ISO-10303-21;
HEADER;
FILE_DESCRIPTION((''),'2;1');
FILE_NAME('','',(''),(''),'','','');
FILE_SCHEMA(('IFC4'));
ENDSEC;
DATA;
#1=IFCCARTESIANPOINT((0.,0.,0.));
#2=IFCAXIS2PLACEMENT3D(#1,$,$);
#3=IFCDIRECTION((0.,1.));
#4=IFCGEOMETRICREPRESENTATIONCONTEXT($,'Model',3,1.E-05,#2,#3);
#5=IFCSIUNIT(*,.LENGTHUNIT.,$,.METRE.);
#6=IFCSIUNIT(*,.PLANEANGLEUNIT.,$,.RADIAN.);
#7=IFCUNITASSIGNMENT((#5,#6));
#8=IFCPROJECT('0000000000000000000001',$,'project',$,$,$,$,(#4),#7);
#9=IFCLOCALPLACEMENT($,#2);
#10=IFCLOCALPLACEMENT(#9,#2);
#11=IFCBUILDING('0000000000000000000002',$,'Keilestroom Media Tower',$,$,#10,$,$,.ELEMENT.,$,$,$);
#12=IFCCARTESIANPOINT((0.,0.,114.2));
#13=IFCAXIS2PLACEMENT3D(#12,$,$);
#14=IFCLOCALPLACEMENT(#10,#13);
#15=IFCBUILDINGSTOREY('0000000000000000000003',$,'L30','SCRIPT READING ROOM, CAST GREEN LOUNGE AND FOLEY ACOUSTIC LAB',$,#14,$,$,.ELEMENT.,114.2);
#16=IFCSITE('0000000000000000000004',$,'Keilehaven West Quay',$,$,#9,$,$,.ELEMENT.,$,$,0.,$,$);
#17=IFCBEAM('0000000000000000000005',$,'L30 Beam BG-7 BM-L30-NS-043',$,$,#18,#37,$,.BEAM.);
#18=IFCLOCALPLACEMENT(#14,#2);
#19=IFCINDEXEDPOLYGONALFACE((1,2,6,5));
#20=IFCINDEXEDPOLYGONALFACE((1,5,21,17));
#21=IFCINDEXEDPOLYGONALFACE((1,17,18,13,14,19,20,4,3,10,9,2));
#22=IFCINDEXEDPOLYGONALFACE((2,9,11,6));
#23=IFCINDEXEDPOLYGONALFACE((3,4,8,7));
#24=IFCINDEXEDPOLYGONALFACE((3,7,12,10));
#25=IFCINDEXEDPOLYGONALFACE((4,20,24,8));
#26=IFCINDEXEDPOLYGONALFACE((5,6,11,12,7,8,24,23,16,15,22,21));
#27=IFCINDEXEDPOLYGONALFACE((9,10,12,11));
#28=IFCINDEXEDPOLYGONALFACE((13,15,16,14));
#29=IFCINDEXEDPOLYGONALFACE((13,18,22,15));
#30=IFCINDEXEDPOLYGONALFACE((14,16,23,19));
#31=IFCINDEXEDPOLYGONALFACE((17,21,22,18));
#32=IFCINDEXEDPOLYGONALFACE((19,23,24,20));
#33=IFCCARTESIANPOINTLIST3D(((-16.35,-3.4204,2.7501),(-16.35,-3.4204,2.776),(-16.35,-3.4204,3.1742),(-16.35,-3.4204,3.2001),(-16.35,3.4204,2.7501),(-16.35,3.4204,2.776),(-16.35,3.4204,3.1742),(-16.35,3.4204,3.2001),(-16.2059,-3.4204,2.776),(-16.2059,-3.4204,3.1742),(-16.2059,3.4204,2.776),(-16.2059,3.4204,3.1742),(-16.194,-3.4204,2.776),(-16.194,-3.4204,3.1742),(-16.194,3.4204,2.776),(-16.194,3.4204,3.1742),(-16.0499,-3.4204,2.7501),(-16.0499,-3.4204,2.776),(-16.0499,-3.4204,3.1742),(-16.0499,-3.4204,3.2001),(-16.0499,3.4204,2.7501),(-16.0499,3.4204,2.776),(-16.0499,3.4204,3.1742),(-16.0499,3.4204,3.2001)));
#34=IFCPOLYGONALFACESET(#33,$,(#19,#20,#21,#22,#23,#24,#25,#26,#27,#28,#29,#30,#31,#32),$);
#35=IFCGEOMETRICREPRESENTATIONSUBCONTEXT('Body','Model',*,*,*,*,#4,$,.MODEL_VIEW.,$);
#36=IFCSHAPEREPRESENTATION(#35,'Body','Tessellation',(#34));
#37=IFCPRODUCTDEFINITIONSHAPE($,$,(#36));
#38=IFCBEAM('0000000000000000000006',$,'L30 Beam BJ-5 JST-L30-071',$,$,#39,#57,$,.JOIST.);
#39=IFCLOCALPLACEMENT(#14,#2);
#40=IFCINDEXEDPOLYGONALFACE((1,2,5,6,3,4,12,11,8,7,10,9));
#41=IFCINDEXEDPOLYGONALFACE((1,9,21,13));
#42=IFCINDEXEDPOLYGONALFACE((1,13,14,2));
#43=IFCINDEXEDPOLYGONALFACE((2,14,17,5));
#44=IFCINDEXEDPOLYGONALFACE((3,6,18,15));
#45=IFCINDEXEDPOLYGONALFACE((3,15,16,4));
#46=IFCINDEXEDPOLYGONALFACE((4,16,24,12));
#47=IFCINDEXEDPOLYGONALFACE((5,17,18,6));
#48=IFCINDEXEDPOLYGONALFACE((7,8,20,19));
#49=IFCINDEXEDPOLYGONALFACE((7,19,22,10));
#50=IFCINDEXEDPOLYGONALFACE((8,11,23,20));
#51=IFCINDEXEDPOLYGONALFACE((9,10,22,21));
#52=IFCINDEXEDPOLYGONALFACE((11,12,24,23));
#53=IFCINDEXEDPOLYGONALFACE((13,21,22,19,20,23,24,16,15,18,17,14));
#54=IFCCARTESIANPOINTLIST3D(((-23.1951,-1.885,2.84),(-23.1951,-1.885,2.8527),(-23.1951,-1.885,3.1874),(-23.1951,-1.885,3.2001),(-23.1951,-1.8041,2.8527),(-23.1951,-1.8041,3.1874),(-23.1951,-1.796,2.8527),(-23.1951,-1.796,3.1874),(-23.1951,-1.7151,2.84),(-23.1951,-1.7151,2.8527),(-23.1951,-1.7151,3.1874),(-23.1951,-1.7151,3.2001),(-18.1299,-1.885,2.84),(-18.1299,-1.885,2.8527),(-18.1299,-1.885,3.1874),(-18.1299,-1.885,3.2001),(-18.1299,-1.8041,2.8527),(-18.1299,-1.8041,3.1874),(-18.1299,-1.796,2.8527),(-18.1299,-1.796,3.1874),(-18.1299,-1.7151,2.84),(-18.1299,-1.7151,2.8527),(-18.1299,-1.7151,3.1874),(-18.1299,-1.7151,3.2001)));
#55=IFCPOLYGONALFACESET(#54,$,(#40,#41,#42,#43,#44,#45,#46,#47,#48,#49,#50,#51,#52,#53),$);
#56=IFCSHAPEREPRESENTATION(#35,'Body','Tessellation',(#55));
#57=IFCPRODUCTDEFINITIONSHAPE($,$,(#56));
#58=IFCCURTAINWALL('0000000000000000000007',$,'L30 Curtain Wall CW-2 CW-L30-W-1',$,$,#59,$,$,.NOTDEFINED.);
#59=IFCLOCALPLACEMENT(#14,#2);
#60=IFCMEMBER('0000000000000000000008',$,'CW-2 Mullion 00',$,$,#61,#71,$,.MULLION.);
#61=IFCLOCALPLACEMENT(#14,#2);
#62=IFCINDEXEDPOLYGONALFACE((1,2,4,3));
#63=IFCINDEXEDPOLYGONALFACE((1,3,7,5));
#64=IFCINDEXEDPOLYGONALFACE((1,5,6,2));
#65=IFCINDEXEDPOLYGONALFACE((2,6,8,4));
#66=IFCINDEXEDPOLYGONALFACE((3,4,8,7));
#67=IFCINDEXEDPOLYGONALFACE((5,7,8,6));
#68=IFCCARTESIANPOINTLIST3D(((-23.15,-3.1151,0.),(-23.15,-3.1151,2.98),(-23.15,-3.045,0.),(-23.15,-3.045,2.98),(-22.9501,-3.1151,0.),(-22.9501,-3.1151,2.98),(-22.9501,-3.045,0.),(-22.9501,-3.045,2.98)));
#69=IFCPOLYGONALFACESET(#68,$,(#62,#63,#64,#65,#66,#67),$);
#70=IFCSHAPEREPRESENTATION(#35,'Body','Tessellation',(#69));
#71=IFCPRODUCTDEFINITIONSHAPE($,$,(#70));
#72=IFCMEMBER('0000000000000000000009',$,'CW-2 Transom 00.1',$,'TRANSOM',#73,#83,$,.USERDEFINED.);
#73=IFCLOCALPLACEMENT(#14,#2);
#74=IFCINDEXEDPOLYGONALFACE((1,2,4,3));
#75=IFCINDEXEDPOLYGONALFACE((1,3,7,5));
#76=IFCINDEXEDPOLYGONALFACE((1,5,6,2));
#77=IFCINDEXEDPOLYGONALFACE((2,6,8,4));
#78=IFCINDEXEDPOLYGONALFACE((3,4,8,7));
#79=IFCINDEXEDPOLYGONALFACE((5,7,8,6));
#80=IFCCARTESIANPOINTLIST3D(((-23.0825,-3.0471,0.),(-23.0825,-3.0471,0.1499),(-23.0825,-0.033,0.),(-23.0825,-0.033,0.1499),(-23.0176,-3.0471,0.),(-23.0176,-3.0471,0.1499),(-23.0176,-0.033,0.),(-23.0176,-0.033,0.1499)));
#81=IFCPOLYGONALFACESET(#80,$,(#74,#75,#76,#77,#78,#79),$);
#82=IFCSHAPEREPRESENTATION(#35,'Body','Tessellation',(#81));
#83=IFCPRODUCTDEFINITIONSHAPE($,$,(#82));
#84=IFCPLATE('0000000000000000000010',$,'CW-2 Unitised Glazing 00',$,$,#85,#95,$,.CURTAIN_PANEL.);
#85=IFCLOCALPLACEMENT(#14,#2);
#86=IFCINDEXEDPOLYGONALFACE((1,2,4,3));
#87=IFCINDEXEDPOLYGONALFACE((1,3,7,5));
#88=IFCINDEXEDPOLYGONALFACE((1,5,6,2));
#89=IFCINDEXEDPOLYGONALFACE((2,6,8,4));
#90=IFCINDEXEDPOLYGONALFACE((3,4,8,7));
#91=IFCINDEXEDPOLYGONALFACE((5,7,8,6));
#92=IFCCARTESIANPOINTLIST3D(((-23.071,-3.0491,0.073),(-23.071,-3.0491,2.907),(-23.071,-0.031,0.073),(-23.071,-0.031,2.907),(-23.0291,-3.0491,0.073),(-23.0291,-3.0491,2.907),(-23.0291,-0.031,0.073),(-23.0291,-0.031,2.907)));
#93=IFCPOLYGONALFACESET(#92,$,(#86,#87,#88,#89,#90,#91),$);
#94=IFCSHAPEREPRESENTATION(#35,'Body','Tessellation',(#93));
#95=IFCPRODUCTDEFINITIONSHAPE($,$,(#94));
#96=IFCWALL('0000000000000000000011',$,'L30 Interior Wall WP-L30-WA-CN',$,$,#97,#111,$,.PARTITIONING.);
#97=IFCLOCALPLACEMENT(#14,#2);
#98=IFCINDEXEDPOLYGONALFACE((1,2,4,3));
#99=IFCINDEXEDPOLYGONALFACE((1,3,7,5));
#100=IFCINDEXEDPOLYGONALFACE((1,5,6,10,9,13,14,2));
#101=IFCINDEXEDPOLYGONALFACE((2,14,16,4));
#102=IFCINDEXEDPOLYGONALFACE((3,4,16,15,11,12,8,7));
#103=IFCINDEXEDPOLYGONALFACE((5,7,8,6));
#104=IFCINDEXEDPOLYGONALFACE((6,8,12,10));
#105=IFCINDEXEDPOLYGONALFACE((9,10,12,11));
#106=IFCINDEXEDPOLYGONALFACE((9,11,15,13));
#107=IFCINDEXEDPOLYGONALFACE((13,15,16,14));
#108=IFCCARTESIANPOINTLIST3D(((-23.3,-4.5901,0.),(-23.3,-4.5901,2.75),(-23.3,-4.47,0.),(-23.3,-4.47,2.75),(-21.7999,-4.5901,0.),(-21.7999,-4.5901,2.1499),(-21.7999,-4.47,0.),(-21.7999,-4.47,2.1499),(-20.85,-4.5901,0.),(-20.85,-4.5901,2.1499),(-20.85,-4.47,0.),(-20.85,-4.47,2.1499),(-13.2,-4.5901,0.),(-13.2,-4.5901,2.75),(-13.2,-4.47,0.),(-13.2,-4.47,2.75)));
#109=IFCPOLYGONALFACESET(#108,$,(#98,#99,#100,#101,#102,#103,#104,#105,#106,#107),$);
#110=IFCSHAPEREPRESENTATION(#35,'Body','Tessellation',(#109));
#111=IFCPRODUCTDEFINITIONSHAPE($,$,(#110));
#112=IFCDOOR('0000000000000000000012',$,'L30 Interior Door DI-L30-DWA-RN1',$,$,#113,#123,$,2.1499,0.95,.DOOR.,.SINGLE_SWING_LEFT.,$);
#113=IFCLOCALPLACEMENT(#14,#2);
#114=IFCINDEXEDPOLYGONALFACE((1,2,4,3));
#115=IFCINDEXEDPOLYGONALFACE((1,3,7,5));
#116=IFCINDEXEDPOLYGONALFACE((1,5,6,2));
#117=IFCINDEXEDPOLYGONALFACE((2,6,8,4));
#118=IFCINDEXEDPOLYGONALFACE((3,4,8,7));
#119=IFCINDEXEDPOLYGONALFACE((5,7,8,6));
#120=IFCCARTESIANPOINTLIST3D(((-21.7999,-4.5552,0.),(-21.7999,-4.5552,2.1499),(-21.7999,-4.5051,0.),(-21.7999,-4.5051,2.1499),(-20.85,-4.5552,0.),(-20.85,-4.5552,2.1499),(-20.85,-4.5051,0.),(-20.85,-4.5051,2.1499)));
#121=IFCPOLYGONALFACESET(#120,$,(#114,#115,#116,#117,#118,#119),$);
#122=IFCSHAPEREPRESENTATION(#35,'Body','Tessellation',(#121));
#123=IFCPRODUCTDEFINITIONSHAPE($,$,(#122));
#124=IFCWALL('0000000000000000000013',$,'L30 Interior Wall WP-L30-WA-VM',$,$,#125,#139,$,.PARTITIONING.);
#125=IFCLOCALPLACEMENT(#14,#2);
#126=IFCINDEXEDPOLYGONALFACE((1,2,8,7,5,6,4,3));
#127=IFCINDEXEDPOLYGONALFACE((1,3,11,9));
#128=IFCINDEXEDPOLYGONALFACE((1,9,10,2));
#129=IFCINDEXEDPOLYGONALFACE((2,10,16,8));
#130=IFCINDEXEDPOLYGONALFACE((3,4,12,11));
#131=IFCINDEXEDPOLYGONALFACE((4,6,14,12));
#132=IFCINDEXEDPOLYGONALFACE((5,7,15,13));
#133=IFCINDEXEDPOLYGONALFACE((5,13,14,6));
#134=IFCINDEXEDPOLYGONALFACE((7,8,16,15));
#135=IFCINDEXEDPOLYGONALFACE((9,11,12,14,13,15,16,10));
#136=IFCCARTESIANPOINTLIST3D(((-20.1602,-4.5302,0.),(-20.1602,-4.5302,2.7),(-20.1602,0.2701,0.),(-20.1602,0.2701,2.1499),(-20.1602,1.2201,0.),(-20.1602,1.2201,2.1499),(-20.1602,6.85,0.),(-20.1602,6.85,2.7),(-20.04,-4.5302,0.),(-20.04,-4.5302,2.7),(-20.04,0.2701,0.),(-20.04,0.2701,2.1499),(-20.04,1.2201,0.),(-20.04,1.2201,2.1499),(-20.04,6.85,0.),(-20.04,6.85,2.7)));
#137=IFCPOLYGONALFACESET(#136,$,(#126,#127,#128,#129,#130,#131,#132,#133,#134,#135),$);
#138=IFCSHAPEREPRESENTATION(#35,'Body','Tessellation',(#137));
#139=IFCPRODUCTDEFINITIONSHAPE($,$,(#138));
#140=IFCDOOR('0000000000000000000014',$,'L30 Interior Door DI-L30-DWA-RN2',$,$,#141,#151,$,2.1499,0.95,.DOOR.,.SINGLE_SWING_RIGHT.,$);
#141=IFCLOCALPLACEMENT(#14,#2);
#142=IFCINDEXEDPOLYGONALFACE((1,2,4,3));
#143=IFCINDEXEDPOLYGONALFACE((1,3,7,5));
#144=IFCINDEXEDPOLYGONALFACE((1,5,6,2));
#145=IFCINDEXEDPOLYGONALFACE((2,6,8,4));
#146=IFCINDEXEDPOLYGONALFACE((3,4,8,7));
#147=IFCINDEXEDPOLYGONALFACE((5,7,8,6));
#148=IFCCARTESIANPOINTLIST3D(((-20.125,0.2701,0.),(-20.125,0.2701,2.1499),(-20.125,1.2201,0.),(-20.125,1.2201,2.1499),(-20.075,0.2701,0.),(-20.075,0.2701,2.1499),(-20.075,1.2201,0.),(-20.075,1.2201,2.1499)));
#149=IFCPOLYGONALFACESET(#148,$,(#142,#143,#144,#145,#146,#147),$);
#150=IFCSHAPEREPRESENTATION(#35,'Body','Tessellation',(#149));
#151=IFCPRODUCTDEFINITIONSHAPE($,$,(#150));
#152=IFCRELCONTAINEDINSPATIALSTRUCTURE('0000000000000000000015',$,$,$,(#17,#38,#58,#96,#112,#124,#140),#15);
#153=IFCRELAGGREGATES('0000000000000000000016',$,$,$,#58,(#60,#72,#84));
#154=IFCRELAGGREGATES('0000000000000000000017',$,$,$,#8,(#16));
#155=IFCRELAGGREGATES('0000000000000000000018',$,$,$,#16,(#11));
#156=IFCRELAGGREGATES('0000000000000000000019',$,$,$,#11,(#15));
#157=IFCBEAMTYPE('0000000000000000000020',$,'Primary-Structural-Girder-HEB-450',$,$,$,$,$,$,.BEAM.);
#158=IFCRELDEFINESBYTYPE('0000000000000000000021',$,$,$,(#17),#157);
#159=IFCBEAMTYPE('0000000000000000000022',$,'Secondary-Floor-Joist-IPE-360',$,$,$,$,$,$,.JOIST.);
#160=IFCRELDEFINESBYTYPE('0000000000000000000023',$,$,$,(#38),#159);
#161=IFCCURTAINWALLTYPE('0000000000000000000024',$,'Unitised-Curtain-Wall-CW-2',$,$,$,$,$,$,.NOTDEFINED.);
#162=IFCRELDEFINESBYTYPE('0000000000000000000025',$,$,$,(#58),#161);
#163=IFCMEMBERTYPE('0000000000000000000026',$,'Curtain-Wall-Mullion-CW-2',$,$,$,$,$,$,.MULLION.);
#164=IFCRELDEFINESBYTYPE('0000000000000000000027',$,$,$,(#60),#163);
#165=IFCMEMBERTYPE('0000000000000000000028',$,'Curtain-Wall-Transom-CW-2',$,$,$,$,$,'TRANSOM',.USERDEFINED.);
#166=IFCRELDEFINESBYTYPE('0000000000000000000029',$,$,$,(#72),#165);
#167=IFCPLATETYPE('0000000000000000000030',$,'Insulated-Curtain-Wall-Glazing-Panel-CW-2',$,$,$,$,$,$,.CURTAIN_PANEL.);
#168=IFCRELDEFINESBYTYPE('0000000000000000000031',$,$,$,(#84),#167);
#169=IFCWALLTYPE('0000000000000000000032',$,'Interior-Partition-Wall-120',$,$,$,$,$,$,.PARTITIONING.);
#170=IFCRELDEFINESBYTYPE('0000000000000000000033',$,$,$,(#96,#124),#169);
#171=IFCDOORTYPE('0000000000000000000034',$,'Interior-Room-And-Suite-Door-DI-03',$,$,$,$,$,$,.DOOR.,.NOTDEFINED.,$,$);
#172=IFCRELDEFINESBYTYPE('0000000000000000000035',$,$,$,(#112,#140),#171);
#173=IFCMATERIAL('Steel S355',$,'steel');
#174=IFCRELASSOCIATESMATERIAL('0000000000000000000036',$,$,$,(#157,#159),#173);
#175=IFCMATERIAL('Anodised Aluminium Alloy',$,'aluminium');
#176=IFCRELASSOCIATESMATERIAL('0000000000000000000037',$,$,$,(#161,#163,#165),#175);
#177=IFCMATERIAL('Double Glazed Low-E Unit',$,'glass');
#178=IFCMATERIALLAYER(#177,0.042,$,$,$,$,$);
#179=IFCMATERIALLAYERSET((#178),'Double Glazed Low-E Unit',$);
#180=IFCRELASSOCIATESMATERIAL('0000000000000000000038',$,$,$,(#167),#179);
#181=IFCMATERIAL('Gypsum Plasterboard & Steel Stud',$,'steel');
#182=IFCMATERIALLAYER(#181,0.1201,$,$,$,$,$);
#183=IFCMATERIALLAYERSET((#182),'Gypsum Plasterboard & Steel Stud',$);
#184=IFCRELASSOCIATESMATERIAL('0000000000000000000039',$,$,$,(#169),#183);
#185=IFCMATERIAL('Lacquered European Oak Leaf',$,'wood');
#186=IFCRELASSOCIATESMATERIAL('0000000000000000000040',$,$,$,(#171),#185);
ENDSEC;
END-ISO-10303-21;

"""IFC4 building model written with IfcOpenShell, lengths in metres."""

from ifc_helpers import new_model, si_unit, direction, frame, frame_2d, origin, origin_2d, place, context, subcontext, project, spatial, rectangle, i_section, extrude, source, transform, mapped, material, layer, layer_set, material_profile, profile_set, type_object, element, fill, aggregate, save


model = new_model("IFC4")

# Units and contexts
model_context = context("Model", 3, precision=1e-05, world=origin(), true_north=direction((0.0, 1.0)))
body_context = subcontext(model_context, "Body", "Model", "MODEL_VIEW")
ifc_project = project(units=[si_unit("LENGTHUNIT", "METRE"), si_unit("PLANEANGLEUNIT", "RADIAN")], contexts=[model_context])

# Site, building, storey
site_placement = place(None, origin())
site = spatial("IfcSite", under=ifc_project, at=site_placement, Name="Keilehaven West Quay", CompositionType="ELEMENT", RefElevation=0.0)
building_placement = place(site_placement, origin())
building = spatial("IfcBuilding", under=site, at=building_placement, Name="Keilestroom Media Tower", CompositionType="ELEMENT")
storey_placement = place(building_placement, frame((0.0, 0.0, 114.2)))
storey = spatial("IfcBuildingStorey", under=building, at=storey_placement, Name="L30", Description="SCRIPT READING ROOM, CAST GREEN LOUNGE AND FOLEY ACOUSTIC LAB", CompositionType="ELEMENT", Elevation=114.2)

# Shared definitions
ifc_material_1 = material(Name="Steel S355", Category="steel")

# Beams
ifc_material_profile_1 = material_profile(ifc_material_1, i_section(OverallWidth=0.3, OverallDepth=0.45, WebThickness=0.012, FlangeThickness=0.0259, at=origin_2d()), Name="HEB 450")
ifc_profile_set_1 = profile_set([ifc_material_profile_1], Name="Steel S355")
beam_type_1 = type_object("IfcBeamType", Name="Primary-Structural-Girder-HEB-450", PredefinedType="BEAM", material=ifc_profile_set_1)
shared_shape_1 = source(origin(), body_context, "Body", "SweptSolid", [
    extrude(i_section(OverallWidth=0.3, OverallDepth=0.45, WebThickness=0.012, FlangeThickness=0.0259, at=origin_2d()), origin(), (0.0, 0.0, 1.0), 6.8408),
])
for number, where, z_axis, x_axis, name in (
    (1, (-16.2, -3.4204, 2.9751), (0.0, 1.0, 0.0), (-1.0, 0.0, 0.0), "L30 Beam BG-7 BM-L30-NS-043"),
):
    element("IfcBeam", number, at=place(storey_placement, frame(where, z_axis=z_axis, x_axis=x_axis)), inside=storey, type_object=beam_type_1, Name=name, PredefinedType="BEAM", context=body_context, shape_type="MappedRepresentation", body=[
        mapped(shared_shape_1, transform((0.0, 0.0, 0.0), x_axis=(1.0, 0.0, 0.0), y_axis=(0.0, 1.0, 0.0), z_axis=(0.0, 0.0, 1.0), scale=1.0)),
    ])
ifc_material_profile_2 = material_profile(ifc_material_1, i_section(OverallWidth=0.1699, OverallDepth=0.3601, WebThickness=0.0081, FlangeThickness=0.0127, at=origin_2d()), Name="IPE 360")
ifc_profile_set_2 = profile_set([ifc_material_profile_2], Name="Steel S355")
beam_type_2 = type_object("IfcBeamType", Name="Secondary-Floor-Joist-IPE-360", PredefinedType="JOIST", material=ifc_profile_set_2)
shared_shape_2 = source(origin(), body_context, "Body", "SweptSolid", [
    extrude(i_section(OverallWidth=0.1699, OverallDepth=0.3601, WebThickness=0.0081, FlangeThickness=0.0127, at=origin_2d()), origin(), (0.0, 0.0, 1.0), 5.0652),
])
beam_1_placement = place(storey_placement, frame((-23.1951, -1.8, 3.02), z_axis=(1.0, 0.0, 0.0), x_axis=(0.0, 1.0, 0.0)))
element("IfcBeam", 2, at=beam_1_placement, inside=storey, type_object=beam_type_2, Name="L30 Beam BJ-5 JST-L30-071", PredefinedType="JOIST", context=body_context, shape_type="MappedRepresentation", body=[
    mapped(shared_shape_2, transform((0.0, 0.0, 0.0), x_axis=(1.0, 0.0, 0.0), y_axis=(0.0, 1.0, 0.0), z_axis=(0.0, 0.0, 1.0), scale=1.0)),
])

# Curtain wall, members, plate
ifc_material_2 = material(Name="Anodised Aluminium Alloy", Category="aluminium")
curtain_wall_type = type_object("IfcCurtainWallType", Name="Unitised-Curtain-Wall-CW-2", PredefinedType="NOTDEFINED", material=ifc_material_2)
curtain_wall_placement = place(storey_placement, origin())
curtain_wall = element("IfcCurtainWall", 3, at=curtain_wall_placement, inside=storey, type_object=curtain_wall_type, Name="L30 Curtain Wall CW-2 CW-L30-W-1", PredefinedType="NOTDEFINED")
ifc_material_profile_3 = material_profile(ifc_material_2, rectangle(XDim=0.0701, YDim=0.2, at=origin_2d()), Name="ALU MULLION 70x200")
ifc_profile_set_3 = profile_set([ifc_material_profile_3], Name="Anodised Aluminium Alloy")
member_type_1 = type_object("IfcMemberType", Name="Curtain-Wall-Mullion-CW-2", PredefinedType="MULLION", material=ifc_profile_set_3)
shared_shape_3 = source(origin(), body_context, "Body", "SweptSolid", [
    extrude(rectangle(XDim=0.0701, YDim=0.2, at=origin_2d()), origin(), (0.0, 0.0, 1.0), 2.98),
])
member_1_placement = place(storey_placement, frame((-23.05, -3.0801, 0.0), z_axis=(0.0, 0.0, 1.0), x_axis=(0.0, 1.0, 0.0)))
member_1 = element("IfcMember", 4, at=member_1_placement, type_object=member_type_1, Name="CW-2 Mullion 00", PredefinedType="MULLION", context=body_context, shape_type="MappedRepresentation", body=[
    mapped(shared_shape_3, transform((0.0, 0.0, 0.0), x_axis=(1.0, 0.0, 0.0), y_axis=(0.0, 1.0, 0.0), z_axis=(0.0, 0.0, 1.0), scale=1.0)),
])
ifc_material_profile_4 = material_profile(ifc_material_2, rectangle(XDim=0.0649, YDim=0.1499, at=origin_2d()), Name="ALU TRANSOM 65x150")
ifc_profile_set_4 = profile_set([ifc_material_profile_4], Name="Anodised Aluminium Alloy")
member_type_2 = type_object("IfcMemberType", Name="Curtain-Wall-Transom-CW-2", ElementType="TRANSOM", PredefinedType="USERDEFINED", material=ifc_profile_set_4)
shared_shape_4 = source(origin(), body_context, "Body", "SweptSolid", [
    extrude(rectangle(XDim=0.0649, YDim=0.1499, at=origin_2d()), origin(), (0.0, 0.0, 1.0), 3.0142),
])
member_2_placement = place(storey_placement, frame((-23.05, -3.0471, 0.075), z_axis=(0.0, 1.0, 0.0), x_axis=(-1.0, 0.0, 0.0)))
member_2 = element("IfcMember", 5, at=member_2_placement, type_object=member_type_2, Name="CW-2 Transom 00.1", ObjectType="TRANSOM", PredefinedType="USERDEFINED", context=body_context, shape_type="MappedRepresentation", body=[
    mapped(shared_shape_4, transform((0.0, 0.0, 0.0), x_axis=(1.0, 0.0, 0.0), y_axis=(0.0, 1.0, 0.0), z_axis=(0.0, 0.0, 1.0), scale=1.0)),
])
ifc_material_3 = material(Name="Double Glazed Low-E Unit", Category="glass")
ifc_layer_1 = layer(ifc_material_3, 0.042)
ifc_layer_set_1 = layer_set([ifc_layer_1], Name="Double Glazed Low-E Unit")
plate_type = type_object("IfcPlateType", Name="Insulated-Curtain-Wall-Glazing-Panel-CW-2", PredefinedType="CURTAIN_PANEL", material=ifc_layer_set_1)
shared_shape_5 = source(origin(), body_context, "Body", "SweptSolid", [
    extrude(rectangle(XDim=3.0181, YDim=0.042, at=origin_2d()), origin(), (0.0, 0.0, 1.0), 2.834),
])
plate_placement = place(storey_placement, frame((-23.05, -1.54, 0.073), z_axis=(0.0, 0.0, 1.0), x_axis=(0.0, 1.0, 0.0)))
plate = element("IfcPlate", 6, at=plate_placement, type_object=plate_type, Name="CW-2 Unitised Glazing 00", PredefinedType="CURTAIN_PANEL", context=body_context, shape_type="MappedRepresentation", body=[
    mapped(shared_shape_5, transform((0.0, 0.0, 0.0), x_axis=(1.0, 0.0, 0.0), y_axis=(0.0, 1.0, 0.0), z_axis=(0.0, 0.0, 1.0), scale=1.0)),
])
aggregate(curtain_wall, [member_1, member_2, plate])

# Walls, openings, doors
ifc_material_4 = material(Name="Gypsum Plasterboard & Steel Stud", Category="steel")
ifc_layer_2 = layer(ifc_material_4, 0.1201)
ifc_layer_set_2 = layer_set([ifc_layer_2], Name="Gypsum Plasterboard & Steel Stud")
wall_type_1 = type_object("IfcWallType", Name="Interior-Partition-Wall-120", PredefinedType="PARTITIONING", material=ifc_layer_set_2)
wall_1_placement = place(storey_placement, frame((-23.3, -4.53, 0.0), z_axis=(0.0, 0.0, 1.0), x_axis=(1.0, 0.0, 0.0)))
wall_1 = element("IfcWall", 7, at=wall_1_placement, inside=storey, type_object=wall_type_1, Name="L30 Interior Wall WP-L30-WA-CN", PredefinedType="PARTITIONING", context=body_context, shape_type="SweptSolid", body=[
    extrude(rectangle(XDim=10.1001, YDim=0.1201, at=frame_2d((5.05, 0.0))), origin(), (0.0, 0.0, 1.0), 2.75),
])
opening_1_placement = place(wall_1_placement, frame((1.5, 0.0, 0.0)))
opening_1 = element("IfcOpeningElement", 8, at=opening_1_placement, cuts=wall_1, PredefinedType="OPENING", context=body_context, shape_type="SweptSolid", body=[
    extrude(rectangle(XDim=0.95, YDim=2.1499, at=frame_2d((0.4751, 1.075))), frame((0.0, 0.0701, 0.0), z_axis=(0.0, -1.0, 0.0), x_axis=(1.0, 0.0, 0.0)), (0.0, 0.0, 1.0), 0.1401),
])
ifc_material_5 = material(Name="Lacquered European Oak Leaf", Category="wood")
door_type = type_object("IfcDoorType", Name="Interior-Room-And-Suite-Door-DI-03", OperationType="NOTDEFINED", PredefinedType="DOOR", material=ifc_material_5)
shared_shape_6 = source(origin(), body_context, "Body", "SweptSolid", [
    extrude(rectangle(XDim=0.95, YDim=2.1499, at=frame_2d((0.4751, 1.075))), frame((0.0, 0.0249, 0.0), z_axis=(0.0, -1.0, 0.0), x_axis=(1.0, 0.0, 0.0)), (0.0, 0.0, 1.0), 0.05),
])
door_1_placement = place(opening_1_placement, origin())
door_1 = element("IfcDoor", 9, at=door_1_placement, inside=storey, type_object=door_type, Name="L30 Interior Door DI-L30-DWA-RN1", OperationType="SINGLE_SWING_LEFT", OverallHeight=2.1499, OverallWidth=0.95, PredefinedType="DOOR", context=body_context, shape_type="MappedRepresentation", body=[
    mapped(shared_shape_6, transform((0.0, 0.0, 0.0), x_axis=(1.0, 0.0, 0.0), y_axis=(0.0, 1.0, 0.0), z_axis=(0.0, 0.0, 1.0), scale=1.0)),
])
fill(opening_1, door_1)
wall_2_placement = place(storey_placement, frame((-20.1001, -4.53, 0.0), z_axis=(0.0, 0.0, 1.0), x_axis=(0.0, 1.0, 0.0)))
wall_2 = element("IfcWall", 10, at=wall_2_placement, inside=storey, type_object=wall_type_1, Name="L30 Interior Wall WP-L30-WA-VM", PredefinedType="PARTITIONING", context=body_context, shape_type="SweptSolid", body=[
    extrude(rectangle(XDim=11.3801, YDim=0.1201, at=frame_2d((5.6899, 0.0))), origin(), (0.0, 0.0, 1.0), 2.7),
])
opening_2_placement = place(wall_2_placement, frame((4.8, 0.0, 0.0)))
opening_2 = element("IfcOpeningElement", 11, at=opening_2_placement, cuts=wall_2, PredefinedType="OPENING", context=body_context, shape_type="SweptSolid", body=[
    extrude(rectangle(XDim=0.95, YDim=2.1499, at=frame_2d((0.4751, 1.075))), frame((0.0, 0.0701, 0.0), z_axis=(0.0, -1.0, 0.0), x_axis=(1.0, 0.0, 0.0)), (0.0, 0.0, 1.0), 0.1401),
])
door_2_placement = place(opening_2_placement, origin())
door_2 = element("IfcDoor", 12, at=door_2_placement, inside=storey, type_object=door_type, Name="L30 Interior Door DI-L30-DWA-RN2", OperationType="SINGLE_SWING_RIGHT", OverallHeight=2.1499, OverallWidth=0.95, PredefinedType="DOOR", context=body_context, shape_type="MappedRepresentation", body=[
    mapped(shared_shape_6, transform((0.0, 0.0, 0.0), x_axis=(1.0, 0.0, 0.0), y_axis=(0.0, 1.0, 0.0), z_axis=(0.0, 0.0, 1.0), scale=1.0)),
])
fill(opening_2, door_2)

save(model, "model.ifc")
